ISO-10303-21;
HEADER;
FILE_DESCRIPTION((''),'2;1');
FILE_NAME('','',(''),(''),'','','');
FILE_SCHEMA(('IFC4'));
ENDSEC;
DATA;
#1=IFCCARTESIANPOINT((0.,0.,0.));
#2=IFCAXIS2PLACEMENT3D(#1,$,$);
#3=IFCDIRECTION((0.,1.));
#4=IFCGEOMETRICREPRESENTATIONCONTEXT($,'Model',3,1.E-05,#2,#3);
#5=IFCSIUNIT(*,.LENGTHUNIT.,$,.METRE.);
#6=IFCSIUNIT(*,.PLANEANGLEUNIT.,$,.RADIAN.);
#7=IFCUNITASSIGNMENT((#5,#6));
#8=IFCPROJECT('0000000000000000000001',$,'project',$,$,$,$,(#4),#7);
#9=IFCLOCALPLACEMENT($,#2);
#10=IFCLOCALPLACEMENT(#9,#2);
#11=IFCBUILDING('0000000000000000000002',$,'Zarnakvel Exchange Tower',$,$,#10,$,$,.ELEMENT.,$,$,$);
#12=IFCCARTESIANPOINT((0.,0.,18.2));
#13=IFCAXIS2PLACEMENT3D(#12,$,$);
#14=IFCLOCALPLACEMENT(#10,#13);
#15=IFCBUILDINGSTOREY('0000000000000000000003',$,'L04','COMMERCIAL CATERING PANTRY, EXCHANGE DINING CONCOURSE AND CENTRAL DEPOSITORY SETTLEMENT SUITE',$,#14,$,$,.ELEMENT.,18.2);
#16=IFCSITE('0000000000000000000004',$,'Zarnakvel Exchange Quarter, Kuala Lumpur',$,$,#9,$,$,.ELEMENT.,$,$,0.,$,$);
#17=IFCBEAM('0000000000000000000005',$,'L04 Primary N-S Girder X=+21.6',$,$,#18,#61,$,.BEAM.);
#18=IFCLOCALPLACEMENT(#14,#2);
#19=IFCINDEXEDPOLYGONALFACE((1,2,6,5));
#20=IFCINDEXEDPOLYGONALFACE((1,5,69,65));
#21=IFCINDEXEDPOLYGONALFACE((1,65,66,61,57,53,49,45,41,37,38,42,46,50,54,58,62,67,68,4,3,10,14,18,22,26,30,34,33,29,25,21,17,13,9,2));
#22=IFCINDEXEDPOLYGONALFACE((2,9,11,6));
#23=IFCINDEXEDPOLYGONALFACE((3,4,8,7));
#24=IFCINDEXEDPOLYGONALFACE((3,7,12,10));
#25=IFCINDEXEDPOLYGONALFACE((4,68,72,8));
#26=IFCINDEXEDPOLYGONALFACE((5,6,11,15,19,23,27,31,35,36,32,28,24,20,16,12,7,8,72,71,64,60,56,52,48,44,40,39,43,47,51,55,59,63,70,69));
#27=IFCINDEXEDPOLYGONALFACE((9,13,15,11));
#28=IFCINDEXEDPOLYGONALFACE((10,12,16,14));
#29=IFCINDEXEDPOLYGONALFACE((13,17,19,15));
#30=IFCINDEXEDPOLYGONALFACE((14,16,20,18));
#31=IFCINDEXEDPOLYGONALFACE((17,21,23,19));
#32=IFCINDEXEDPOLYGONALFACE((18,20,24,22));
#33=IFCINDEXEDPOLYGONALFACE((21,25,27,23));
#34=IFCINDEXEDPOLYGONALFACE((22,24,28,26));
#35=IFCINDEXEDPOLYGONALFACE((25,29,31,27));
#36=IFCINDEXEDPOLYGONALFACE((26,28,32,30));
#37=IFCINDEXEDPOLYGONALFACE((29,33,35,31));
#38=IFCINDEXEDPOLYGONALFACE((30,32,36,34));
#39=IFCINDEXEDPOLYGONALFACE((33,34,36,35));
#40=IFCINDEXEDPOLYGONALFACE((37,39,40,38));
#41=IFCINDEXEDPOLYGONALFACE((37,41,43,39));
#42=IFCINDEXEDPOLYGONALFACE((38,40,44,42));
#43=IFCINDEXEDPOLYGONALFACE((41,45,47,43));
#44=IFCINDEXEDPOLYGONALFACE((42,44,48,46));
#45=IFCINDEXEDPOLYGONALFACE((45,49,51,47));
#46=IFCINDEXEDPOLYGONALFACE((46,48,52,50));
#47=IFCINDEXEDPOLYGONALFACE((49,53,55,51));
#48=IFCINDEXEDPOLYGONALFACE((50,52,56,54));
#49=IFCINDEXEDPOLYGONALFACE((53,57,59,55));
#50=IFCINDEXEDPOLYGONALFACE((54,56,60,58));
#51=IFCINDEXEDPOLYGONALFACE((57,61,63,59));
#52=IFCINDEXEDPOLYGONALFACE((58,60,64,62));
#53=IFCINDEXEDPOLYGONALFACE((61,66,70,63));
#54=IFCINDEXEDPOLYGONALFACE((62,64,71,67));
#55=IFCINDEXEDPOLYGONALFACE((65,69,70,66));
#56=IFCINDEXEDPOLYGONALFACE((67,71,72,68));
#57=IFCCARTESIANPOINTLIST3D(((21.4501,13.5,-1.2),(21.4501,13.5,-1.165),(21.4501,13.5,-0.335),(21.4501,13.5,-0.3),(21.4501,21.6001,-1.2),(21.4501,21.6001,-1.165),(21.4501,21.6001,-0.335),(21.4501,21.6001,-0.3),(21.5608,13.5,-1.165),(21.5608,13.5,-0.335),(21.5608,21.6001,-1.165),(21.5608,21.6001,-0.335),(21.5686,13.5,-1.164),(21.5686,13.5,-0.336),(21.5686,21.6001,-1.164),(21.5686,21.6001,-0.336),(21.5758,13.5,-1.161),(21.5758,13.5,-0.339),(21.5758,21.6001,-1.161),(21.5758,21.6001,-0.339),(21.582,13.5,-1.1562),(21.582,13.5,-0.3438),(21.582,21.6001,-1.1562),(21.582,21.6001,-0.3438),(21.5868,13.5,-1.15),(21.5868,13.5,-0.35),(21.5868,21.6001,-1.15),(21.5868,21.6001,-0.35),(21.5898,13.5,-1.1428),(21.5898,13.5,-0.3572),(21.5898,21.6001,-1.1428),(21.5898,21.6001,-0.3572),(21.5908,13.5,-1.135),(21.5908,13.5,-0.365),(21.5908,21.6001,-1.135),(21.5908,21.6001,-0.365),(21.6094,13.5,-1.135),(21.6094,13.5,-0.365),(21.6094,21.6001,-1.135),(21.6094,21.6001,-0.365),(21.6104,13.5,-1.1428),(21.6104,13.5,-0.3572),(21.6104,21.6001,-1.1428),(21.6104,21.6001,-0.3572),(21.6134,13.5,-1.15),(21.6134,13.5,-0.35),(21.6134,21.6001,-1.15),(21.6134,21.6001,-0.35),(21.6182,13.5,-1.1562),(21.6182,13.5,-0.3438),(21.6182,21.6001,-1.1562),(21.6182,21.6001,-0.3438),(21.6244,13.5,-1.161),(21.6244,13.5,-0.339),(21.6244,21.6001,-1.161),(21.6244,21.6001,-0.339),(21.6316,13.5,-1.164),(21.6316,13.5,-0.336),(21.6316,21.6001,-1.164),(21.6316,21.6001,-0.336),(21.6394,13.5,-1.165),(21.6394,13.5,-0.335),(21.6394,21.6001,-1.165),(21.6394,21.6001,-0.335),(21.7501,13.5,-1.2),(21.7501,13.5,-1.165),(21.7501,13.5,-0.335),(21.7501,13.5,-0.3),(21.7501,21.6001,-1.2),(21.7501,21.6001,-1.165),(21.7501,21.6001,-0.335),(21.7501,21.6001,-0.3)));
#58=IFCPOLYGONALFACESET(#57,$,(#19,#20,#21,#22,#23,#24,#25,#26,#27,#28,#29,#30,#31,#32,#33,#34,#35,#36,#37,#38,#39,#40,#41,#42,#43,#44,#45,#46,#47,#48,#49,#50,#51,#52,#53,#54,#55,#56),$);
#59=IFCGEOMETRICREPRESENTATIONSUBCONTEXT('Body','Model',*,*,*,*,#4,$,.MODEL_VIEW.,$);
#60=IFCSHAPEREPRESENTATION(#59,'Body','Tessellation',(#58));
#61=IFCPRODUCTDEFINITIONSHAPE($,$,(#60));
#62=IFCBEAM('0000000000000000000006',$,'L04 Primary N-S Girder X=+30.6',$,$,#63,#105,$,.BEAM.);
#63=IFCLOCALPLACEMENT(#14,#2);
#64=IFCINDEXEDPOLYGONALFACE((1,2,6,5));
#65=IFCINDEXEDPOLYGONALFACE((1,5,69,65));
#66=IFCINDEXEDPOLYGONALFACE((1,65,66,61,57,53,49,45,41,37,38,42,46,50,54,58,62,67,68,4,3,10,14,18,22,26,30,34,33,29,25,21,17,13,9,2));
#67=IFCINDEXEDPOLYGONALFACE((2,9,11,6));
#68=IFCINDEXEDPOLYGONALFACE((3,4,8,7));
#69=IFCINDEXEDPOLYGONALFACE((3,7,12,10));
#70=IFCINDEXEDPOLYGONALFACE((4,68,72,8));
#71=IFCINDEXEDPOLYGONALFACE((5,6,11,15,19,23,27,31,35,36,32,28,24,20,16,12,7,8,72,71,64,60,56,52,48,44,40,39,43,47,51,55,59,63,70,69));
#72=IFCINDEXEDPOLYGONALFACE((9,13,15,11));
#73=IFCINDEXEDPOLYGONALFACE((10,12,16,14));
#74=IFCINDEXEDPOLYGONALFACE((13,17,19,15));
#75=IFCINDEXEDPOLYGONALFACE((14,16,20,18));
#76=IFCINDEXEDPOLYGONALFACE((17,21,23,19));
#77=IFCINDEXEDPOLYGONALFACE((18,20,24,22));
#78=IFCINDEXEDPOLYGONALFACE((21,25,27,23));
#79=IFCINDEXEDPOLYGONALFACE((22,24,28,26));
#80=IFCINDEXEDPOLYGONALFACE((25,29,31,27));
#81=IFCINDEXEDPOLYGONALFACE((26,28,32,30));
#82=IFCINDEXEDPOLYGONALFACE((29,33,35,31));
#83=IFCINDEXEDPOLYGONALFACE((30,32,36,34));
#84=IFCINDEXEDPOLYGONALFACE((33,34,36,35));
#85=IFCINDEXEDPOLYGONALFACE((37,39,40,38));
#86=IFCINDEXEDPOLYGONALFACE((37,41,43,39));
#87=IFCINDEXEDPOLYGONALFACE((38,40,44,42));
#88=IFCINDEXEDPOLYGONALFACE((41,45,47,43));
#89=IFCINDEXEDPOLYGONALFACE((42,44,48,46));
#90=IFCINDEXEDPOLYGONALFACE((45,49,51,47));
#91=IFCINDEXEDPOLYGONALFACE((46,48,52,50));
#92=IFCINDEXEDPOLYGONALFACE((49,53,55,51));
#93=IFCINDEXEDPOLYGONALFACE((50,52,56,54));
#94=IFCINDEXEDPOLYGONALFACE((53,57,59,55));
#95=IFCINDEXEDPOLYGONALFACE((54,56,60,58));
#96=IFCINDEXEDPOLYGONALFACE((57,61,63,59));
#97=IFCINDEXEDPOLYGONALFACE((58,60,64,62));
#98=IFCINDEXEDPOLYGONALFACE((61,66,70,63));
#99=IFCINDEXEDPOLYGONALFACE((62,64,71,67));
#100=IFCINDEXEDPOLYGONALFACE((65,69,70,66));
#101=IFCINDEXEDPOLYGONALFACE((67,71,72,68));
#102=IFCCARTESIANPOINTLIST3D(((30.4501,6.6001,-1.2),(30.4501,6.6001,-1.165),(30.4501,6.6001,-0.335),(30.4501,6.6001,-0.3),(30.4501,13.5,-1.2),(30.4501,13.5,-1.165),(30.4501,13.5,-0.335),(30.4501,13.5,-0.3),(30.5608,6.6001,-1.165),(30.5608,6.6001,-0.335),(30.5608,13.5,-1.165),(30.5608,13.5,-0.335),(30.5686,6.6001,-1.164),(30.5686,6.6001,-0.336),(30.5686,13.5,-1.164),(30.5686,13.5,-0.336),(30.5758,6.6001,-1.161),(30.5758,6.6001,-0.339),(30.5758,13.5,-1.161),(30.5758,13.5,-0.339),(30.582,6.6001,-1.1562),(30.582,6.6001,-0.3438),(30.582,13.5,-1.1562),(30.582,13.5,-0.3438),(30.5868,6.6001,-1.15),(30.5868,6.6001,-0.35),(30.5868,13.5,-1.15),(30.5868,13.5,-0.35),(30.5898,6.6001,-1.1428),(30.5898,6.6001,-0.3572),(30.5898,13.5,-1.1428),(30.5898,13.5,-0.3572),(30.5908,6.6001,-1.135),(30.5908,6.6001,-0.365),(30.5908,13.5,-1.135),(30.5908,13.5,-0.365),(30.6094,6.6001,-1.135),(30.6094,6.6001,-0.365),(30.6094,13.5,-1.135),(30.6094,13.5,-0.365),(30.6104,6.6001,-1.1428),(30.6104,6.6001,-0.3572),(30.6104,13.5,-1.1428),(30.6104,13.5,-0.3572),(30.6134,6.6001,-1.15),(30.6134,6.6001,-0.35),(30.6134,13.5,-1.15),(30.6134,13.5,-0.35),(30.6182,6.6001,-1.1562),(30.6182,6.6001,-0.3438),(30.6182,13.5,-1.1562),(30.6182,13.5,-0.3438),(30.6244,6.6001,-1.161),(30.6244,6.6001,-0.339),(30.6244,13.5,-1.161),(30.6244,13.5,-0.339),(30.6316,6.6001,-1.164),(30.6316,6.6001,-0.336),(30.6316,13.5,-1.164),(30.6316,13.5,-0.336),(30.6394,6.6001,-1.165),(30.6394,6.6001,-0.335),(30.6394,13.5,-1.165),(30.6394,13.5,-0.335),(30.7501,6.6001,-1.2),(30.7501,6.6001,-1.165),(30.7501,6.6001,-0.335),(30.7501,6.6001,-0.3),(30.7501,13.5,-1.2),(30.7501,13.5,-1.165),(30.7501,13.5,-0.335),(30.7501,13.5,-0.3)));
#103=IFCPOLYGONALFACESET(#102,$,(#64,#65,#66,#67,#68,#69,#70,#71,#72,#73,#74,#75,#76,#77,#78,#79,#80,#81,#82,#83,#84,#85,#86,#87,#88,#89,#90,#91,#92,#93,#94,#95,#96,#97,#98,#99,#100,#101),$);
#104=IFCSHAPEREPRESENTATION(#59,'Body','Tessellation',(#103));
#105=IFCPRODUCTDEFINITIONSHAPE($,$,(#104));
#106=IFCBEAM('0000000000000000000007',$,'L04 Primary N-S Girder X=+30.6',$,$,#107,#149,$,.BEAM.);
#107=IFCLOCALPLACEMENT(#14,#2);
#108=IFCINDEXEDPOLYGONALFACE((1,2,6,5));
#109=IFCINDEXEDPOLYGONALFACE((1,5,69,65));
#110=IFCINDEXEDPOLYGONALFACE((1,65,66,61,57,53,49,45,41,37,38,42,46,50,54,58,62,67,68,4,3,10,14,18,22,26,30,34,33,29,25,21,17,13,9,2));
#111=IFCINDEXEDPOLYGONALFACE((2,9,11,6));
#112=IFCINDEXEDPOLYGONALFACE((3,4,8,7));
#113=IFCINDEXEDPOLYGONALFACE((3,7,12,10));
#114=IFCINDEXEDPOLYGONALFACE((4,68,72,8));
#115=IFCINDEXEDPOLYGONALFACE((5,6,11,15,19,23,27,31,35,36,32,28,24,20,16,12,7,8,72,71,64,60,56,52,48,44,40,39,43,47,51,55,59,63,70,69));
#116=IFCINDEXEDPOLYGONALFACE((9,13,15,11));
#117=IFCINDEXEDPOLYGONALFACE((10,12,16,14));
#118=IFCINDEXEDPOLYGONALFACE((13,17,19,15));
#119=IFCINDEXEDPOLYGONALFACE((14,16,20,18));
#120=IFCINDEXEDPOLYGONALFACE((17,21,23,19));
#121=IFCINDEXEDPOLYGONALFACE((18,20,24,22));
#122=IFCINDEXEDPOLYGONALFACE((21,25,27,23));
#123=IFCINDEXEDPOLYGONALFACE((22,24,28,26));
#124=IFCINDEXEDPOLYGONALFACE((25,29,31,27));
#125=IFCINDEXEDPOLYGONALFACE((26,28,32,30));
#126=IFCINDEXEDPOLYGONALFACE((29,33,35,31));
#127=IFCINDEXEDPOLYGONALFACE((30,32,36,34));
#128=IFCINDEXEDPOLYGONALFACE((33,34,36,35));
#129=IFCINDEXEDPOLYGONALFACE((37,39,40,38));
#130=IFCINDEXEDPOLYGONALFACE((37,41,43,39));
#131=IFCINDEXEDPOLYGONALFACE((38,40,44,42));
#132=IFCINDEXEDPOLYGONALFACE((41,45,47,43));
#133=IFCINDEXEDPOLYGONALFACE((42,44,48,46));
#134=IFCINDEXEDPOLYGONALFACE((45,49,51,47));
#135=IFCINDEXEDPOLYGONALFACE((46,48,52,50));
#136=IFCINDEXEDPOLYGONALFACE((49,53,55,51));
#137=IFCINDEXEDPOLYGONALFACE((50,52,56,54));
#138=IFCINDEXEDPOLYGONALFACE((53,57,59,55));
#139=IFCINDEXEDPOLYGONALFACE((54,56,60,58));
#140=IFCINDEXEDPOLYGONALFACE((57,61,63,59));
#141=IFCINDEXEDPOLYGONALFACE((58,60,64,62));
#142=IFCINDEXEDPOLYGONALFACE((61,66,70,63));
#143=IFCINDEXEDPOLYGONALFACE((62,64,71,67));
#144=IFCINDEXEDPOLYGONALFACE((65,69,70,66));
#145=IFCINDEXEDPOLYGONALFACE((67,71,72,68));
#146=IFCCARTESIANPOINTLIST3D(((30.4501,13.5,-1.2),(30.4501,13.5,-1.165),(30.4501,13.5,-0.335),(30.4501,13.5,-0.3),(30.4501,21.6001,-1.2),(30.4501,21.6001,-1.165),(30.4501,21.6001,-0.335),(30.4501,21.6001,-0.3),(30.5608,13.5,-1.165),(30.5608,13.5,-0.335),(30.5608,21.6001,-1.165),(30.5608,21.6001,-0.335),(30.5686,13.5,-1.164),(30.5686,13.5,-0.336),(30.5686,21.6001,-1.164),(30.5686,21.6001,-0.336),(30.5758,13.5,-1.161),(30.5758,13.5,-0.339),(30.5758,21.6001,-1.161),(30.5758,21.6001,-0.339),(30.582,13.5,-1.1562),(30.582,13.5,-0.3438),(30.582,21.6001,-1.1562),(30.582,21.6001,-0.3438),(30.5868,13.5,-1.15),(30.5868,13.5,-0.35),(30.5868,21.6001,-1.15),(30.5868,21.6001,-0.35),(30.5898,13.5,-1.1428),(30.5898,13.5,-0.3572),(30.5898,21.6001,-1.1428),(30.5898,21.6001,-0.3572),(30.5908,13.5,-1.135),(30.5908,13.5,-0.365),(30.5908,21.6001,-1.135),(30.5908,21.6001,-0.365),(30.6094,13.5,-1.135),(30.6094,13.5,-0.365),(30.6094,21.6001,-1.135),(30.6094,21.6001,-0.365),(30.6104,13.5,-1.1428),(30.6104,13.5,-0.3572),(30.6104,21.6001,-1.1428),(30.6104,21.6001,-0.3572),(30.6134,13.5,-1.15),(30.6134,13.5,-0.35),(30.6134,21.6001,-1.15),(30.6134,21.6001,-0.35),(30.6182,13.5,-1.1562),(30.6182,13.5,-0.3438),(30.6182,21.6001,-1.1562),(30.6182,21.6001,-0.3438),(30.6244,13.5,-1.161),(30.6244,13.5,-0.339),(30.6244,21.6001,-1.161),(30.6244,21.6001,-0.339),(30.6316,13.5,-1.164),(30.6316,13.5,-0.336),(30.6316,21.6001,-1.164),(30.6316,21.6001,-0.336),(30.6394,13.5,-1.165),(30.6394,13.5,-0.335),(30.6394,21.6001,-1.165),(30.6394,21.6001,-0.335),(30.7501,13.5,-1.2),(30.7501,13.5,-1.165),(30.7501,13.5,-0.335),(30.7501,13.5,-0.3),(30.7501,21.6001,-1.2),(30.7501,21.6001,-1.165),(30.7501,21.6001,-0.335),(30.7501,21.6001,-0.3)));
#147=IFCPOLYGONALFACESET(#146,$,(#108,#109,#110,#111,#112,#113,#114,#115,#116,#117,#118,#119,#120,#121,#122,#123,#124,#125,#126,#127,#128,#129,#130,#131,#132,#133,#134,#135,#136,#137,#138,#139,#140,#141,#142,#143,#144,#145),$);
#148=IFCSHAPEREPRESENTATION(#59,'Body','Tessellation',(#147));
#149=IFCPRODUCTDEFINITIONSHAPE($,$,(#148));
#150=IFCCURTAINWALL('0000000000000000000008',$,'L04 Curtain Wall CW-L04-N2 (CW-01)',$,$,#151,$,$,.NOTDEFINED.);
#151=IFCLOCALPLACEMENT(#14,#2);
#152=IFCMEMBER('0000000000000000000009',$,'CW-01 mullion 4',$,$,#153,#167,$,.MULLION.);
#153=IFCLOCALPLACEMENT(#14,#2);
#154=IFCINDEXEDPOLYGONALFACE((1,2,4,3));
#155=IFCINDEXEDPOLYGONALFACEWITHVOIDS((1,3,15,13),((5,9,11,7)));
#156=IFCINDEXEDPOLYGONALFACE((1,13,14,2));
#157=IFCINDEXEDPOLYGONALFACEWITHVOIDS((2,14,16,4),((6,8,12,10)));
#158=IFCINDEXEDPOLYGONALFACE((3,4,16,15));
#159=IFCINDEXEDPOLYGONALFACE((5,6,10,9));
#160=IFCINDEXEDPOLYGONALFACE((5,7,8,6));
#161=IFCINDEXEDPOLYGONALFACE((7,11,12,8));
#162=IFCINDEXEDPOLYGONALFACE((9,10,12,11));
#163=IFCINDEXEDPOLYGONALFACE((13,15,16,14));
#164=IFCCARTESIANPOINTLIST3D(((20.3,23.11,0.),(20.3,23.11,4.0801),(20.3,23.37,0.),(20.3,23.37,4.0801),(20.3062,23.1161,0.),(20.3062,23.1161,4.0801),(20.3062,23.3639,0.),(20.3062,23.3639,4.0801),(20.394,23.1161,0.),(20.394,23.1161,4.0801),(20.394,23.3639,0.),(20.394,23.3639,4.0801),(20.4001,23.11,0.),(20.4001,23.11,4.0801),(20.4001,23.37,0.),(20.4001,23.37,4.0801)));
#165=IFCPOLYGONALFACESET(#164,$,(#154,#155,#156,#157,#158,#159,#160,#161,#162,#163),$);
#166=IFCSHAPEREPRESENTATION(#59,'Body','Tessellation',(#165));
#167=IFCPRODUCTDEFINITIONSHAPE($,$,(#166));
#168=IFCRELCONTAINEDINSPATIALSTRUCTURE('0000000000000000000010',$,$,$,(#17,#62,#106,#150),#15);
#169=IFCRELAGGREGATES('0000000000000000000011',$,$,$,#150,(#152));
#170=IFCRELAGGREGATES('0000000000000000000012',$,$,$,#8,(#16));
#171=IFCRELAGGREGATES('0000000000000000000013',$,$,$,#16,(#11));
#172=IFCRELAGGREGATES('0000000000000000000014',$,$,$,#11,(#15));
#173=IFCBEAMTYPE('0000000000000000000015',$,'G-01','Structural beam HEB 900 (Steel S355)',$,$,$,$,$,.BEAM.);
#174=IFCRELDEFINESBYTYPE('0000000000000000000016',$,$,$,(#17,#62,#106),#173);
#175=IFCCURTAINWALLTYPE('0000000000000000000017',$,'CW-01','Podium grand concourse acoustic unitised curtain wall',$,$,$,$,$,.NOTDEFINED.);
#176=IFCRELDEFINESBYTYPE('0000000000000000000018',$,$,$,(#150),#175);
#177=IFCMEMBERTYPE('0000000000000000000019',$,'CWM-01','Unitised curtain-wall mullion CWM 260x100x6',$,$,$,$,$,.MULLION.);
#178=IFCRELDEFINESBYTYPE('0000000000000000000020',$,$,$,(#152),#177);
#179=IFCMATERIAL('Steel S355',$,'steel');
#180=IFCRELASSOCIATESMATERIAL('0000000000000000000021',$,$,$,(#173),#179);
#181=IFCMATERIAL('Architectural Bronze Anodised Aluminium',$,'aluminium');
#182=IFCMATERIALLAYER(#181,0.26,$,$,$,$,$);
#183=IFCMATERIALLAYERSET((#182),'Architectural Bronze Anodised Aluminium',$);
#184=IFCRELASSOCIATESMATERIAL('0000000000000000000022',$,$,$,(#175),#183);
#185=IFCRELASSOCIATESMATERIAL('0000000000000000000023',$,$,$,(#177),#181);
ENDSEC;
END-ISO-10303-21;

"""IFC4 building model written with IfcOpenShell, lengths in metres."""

from ifc_helpers import new_model, si_unit, direction, frame, origin, origin_2d, place, context, subcontext, project, spatial, hollow_rectangle, i_section, extrude, source, transform, mapped, material, layer, layer_set, material_profile, profile_set, type_object, element, aggregate, save


model = new_model("IFC4")

# Units and contexts
model_context = context("Model", 3, precision=1e-05, world=origin(), true_north=direction((0.0, 1.0)))
body_context = subcontext(model_context, "Body", "Model", "MODEL_VIEW")
ifc_project = project(units=[si_unit("LENGTHUNIT", "METRE"), si_unit("PLANEANGLEUNIT", "RADIAN")], contexts=[model_context])

# Site, building, storey
site_placement = place(None, origin())
site = spatial("IfcSite", under=ifc_project, at=site_placement, Name="Zarnakvel Exchange Quarter, Kuala Lumpur", CompositionType="ELEMENT", RefElevation=0.0)
building_placement = place(site_placement, origin())
building = spatial("IfcBuilding", under=site, at=building_placement, Name="Zarnakvel Exchange Tower", CompositionType="ELEMENT")
storey_placement = place(building_placement, frame((0.0, 0.0, 18.2)))
storey = spatial("IfcBuildingStorey", under=building, at=storey_placement, Name="L04", Description="COMMERCIAL CATERING PANTRY, EXCHANGE DINING CONCOURSE AND CENTRAL DEPOSITORY SETTLEMENT SUITE", CompositionType="ELEMENT", Elevation=18.2)

# Beams
ifc_material_1 = material(Name="Steel S355", Category="steel")
ifc_material_profile_1 = material_profile(ifc_material_1, i_section(OverallWidth=0.3, OverallDepth=0.8999, WebThickness=0.0186, FlangeThickness=0.0349, FilletRadius=0.03, at=origin_2d()))
ifc_profile_set_1 = profile_set([ifc_material_profile_1], Name="Steel S355")
beam_type_1 = type_object("IfcBeamType", Name="G-01", Description="Structural beam HEB 900 (Steel S355)", PredefinedType="BEAM", material=ifc_profile_set_1)
beam_1_placement = place(storey_placement, frame((21.6001, 13.5, -0.75), z_axis=(0.0, 1.0, 0.0), x_axis=(-1.0, 0.0, 0.0)))
element("IfcBeam", 1, at=beam_1_placement, inside=storey, type_object=beam_type_1, Name="L04 Primary N-S Girder X=+21.6", PredefinedType="BEAM", context=body_context, shape_type="SweptSolid", body=[
    extrude(i_section(OverallWidth=0.3, OverallDepth=0.8999, WebThickness=0.0186, FlangeThickness=0.0349, FilletRadius=0.03, at=origin_2d()), origin(), (0.0, 0.0, 1.0), 8.1001),
])
beam_2_placement = place(storey_placement, frame((30.6001, 6.6001, -0.75), z_axis=(0.0, 1.0, 0.0), x_axis=(-1.0, 0.0, 0.0)))
element("IfcBeam", 2, at=beam_2_placement, inside=storey, type_object=beam_type_1, Name="L04 Primary N-S Girder X=+30.6", PredefinedType="BEAM", context=body_context, shape_type="SweptSolid", body=[
    extrude(i_section(OverallWidth=0.3, OverallDepth=0.8999, WebThickness=0.0186, FlangeThickness=0.0349, FilletRadius=0.03, at=origin_2d()), origin(), (0.0, 0.0, 1.0), 6.8999),
])
beam_3_placement = place(storey_placement, frame((30.6001, 13.5, -0.75), z_axis=(0.0, 1.0, 0.0), x_axis=(-1.0, 0.0, 0.0)))
element("IfcBeam", 3, at=beam_3_placement, inside=storey, type_object=beam_type_1, Name="L04 Primary N-S Girder X=+30.6", PredefinedType="BEAM", context=body_context, shape_type="SweptSolid", body=[
    extrude(i_section(OverallWidth=0.3, OverallDepth=0.8999, WebThickness=0.0186, FlangeThickness=0.0349, FilletRadius=0.03, at=origin_2d()), origin(), (0.0, 0.0, 1.0), 8.1001),
])

# Curtain wall, member
ifc_material_2 = material(Name="Architectural Bronze Anodised Aluminium", Category="aluminium")
ifc_layer_1 = layer(ifc_material_2, 0.26)
ifc_layer_set_1 = layer_set([ifc_layer_1], Name="Architectural Bronze Anodised Aluminium")
curtain_wall_type = type_object("IfcCurtainWallType", Name="CW-01", Description="Podium grand concourse acoustic unitised curtain wall", PredefinedType="NOTDEFINED", material=ifc_layer_set_1)
curtain_wall_placement = place(storey_placement, origin())
curtain_wall = element("IfcCurtainWall", 4, at=curtain_wall_placement, inside=storey, type_object=curtain_wall_type, Name="L04 Curtain Wall CW-L04-N2 (CW-01)", PredefinedType="NOTDEFINED")
ifc_material_profile_2 = material_profile(ifc_material_2, hollow_rectangle(XDim=0.26, YDim=0.1001, WallThickness=0.0061, at=origin_2d()))
ifc_profile_set_2 = profile_set([ifc_material_profile_2], Name="Architectural Bronze Anodised Aluminium")
member_type = type_object("IfcMemberType", Name="CWM-01", Description="Unitised curtain-wall mullion CWM 260x100x6", PredefinedType="MULLION", material=ifc_profile_set_2)
shared_shape_1 = source(origin(), body_context, "Body", "SweptSolid", [
    extrude(hollow_rectangle(XDim=0.26, YDim=0.1001, WallThickness=0.0061, at=origin_2d()), origin(), (0.0, 0.0, 1.0), 4.0801),
])
member_placement = place(storey_placement, frame((20.3501, 23.24, 0.0), z_axis=(0.0, 0.0, 1.0), x_axis=(0.0, 1.0, 0.0)))
member = element("IfcMember", 5, at=member_placement, type_object=member_type, Name="CW-01 mullion 4", PredefinedType="MULLION", context=body_context, shape_type="MappedRepresentation", body=[
    mapped(shared_shape_1, transform((0.0, 0.0, 0.0), x_axis=(1.0, 0.0, 0.0), y_axis=(0.0, 1.0, 0.0), z_axis=(0.0, 0.0, 1.0), scale=1.0)),
])
aggregate(curtain_wall, [member])

save(model, "model.ifc")
